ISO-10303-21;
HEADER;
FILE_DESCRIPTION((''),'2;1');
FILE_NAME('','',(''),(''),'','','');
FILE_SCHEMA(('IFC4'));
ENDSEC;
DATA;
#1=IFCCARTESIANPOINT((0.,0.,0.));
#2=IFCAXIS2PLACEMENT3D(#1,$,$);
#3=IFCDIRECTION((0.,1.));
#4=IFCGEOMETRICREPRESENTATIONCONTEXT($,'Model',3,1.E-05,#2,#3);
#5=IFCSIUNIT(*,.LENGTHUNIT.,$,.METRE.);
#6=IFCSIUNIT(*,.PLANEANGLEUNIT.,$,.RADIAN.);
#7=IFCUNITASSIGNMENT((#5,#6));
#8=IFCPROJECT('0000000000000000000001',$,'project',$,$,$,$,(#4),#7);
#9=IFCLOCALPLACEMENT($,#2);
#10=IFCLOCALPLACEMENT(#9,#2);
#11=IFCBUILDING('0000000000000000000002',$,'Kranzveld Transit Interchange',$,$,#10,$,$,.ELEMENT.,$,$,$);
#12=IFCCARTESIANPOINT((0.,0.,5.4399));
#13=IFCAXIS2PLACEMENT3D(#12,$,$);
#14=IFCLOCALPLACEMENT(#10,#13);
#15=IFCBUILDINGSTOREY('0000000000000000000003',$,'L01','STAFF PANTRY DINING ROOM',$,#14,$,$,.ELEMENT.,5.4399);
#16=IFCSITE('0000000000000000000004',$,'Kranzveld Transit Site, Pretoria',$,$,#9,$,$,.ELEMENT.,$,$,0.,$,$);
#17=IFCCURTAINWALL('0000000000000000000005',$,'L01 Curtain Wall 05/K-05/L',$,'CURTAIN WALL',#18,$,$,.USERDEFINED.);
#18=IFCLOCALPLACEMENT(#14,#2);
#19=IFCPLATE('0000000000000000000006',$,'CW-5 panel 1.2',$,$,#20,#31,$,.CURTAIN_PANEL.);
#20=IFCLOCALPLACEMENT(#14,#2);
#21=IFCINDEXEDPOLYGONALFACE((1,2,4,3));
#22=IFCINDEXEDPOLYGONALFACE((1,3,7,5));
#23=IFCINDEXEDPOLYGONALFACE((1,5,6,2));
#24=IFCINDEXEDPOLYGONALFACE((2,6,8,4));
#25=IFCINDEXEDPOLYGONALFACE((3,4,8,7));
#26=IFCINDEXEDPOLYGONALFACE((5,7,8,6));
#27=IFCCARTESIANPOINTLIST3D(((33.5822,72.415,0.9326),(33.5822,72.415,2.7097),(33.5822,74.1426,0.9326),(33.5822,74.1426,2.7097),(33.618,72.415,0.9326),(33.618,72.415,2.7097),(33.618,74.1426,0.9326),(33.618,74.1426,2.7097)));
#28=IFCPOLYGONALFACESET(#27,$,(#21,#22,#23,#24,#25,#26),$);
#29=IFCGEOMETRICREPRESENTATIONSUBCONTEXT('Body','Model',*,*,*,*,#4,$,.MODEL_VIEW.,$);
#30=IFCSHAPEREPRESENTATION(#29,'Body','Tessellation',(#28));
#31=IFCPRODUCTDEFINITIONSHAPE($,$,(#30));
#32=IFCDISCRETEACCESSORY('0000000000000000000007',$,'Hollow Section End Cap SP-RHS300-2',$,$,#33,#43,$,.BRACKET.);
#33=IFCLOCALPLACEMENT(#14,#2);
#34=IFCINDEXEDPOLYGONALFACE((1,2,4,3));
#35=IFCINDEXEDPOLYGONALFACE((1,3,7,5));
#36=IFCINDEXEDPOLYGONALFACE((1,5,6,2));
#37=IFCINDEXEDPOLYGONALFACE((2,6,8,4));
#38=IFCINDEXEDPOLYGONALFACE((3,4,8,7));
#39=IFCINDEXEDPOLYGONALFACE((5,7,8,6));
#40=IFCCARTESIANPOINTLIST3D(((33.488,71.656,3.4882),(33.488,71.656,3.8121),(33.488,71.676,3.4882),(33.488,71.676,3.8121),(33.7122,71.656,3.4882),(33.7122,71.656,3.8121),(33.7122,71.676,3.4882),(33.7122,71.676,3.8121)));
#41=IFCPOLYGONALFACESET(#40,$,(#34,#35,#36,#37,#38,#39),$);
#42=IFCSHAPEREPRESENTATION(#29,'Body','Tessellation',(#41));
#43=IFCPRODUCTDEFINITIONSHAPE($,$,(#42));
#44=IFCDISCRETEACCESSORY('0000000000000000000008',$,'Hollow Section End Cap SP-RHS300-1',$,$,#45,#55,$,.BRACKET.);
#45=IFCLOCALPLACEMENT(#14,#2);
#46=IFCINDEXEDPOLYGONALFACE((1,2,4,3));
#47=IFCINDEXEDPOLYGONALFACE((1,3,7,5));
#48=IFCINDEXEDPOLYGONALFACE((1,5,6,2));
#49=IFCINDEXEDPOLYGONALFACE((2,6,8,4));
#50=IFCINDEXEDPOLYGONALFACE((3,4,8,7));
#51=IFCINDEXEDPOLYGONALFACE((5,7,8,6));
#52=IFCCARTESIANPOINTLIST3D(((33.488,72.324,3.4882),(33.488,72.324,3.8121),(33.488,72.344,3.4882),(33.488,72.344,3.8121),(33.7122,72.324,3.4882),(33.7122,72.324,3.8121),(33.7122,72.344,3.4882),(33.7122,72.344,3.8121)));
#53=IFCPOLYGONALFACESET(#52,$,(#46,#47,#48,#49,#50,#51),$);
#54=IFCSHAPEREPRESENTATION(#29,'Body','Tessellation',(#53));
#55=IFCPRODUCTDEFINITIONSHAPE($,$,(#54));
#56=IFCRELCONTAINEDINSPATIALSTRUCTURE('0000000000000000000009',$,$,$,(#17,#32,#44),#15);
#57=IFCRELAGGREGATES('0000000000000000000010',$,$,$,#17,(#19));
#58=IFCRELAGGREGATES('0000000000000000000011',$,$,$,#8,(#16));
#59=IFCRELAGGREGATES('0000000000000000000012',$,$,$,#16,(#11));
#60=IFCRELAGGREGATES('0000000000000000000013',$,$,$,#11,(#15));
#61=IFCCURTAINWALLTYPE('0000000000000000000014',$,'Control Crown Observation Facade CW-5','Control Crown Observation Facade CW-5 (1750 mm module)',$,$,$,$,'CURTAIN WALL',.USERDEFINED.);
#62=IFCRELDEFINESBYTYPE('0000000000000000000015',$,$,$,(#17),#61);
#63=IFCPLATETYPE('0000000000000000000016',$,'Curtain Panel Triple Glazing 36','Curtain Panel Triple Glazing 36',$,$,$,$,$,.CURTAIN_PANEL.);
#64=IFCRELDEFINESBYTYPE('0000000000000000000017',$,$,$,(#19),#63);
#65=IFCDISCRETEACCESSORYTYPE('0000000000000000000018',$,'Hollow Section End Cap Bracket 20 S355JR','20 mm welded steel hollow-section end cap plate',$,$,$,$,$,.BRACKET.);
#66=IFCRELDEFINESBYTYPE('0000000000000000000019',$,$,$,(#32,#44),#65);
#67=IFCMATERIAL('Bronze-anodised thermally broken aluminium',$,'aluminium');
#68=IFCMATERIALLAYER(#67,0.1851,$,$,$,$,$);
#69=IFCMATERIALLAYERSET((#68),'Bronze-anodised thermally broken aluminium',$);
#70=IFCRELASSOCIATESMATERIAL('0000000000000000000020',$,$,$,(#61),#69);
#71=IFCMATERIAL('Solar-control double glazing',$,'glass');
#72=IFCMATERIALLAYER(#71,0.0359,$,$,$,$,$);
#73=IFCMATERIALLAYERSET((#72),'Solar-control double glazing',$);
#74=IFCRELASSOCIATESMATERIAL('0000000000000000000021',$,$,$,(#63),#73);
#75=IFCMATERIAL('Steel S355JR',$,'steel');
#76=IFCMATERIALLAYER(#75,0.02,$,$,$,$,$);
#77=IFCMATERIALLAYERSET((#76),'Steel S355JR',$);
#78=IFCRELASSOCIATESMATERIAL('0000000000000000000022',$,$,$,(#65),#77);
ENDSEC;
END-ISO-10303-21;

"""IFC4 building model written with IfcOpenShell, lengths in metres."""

from ifc_helpers import new_model, si_unit, direction, frame, origin, origin_2d, place, context, subcontext, project, spatial, rectangle, extrude, material, layer, layer_set, type_object, element, aggregate, save


model = new_model("IFC4")

# Units and contexts
model_context = context("Model", 3, precision=1e-05, world=origin(), true_north=direction((0.0, 1.0)))
body_context = subcontext(model_context, "Body", "Model", "MODEL_VIEW")
ifc_project = project(units=[si_unit("LENGTHUNIT", "METRE"), si_unit("PLANEANGLEUNIT", "RADIAN")], contexts=[model_context])

# Site, building, storey
site_placement = place(None, origin())
site = spatial("IfcSite", under=ifc_project, at=site_placement, Name="Kranzveld Transit Site, Pretoria", CompositionType="ELEMENT", RefElevation=0.0)
building_placement = place(site_placement, origin())
building = spatial("IfcBuilding", under=site, at=building_placement, Name="Kranzveld Transit Interchange", CompositionType="ELEMENT")
storey_placement = place(building_placement, frame((0.0, 0.0, 5.4399)))
storey = spatial("IfcBuildingStorey", under=building, at=storey_placement, Name="L01", Description="STAFF PANTRY DINING ROOM", CompositionType="ELEMENT", Elevation=5.4399)

# Curtain wall
ifc_material_1 = material(Name="Bronze-anodised thermally broken aluminium", Category="aluminium")
ifc_layer_1 = layer(ifc_material_1, 0.1851)
ifc_layer_set_1 = layer_set([ifc_layer_1], Name="Bronze-anodised thermally broken aluminium")
curtain_wall_type_1 = type_object("IfcCurtainWallType", Name="Control Crown Observation Facade CW-5", Description="Control Crown Observation Facade CW-5 (1750 mm module)", ElementType="CURTAIN WALL", PredefinedType="USERDEFINED", material=ifc_layer_set_1)
curtain_wall_1_placement = place(storey_placement, origin())
curtain_wall_1 = element("IfcCurtainWall", 1, at=curtain_wall_1_placement, inside=storey, type_object=curtain_wall_type_1, Name="L01 Curtain Wall 05/K-05/L", ObjectType="CURTAIN WALL", PredefinedType="USERDEFINED")

# Plate
ifc_material_2 = material(Name="Solar-control double glazing", Category="glass")
ifc_layer_2 = layer(ifc_material_2, 0.0359)
ifc_layer_set_2 = layer_set([ifc_layer_2], Name="Solar-control double glazing")
plate_type_1 = type_object("IfcPlateType", Name="Curtain Panel Triple Glazing 36", Description="Curtain Panel Triple Glazing 36", PredefinedType="CURTAIN_PANEL", material=ifc_layer_set_2)
plate_1_placement = place(storey_placement, frame((33.6001, 73.2788, 0.9326), z_axis=(0.0, 0.0, 1.0), x_axis=(0.0, 1.0, 0.0)))
plate_1 = element("IfcPlate", 2, at=plate_1_placement, type_object=plate_type_1, Name="CW-5 panel 1.2", PredefinedType="CURTAIN_PANEL", context=body_context, shape_type="SweptSolid", body=[
    extrude(rectangle(XDim=1.7275, YDim=0.0359, at=origin_2d()), origin(), (0.0, 0.0, 1.0), 1.7771),
])
aggregate(curtain_wall_1, [plate_1])

# Discrete accessories
ifc_material_3 = material(Name="Steel S355JR", Category="steel")
ifc_layer_3 = layer(ifc_material_3, 0.02)
ifc_layer_set_3 = layer_set([ifc_layer_3], Name="Steel S355JR")
discrete_accessory_type = type_object("IfcDiscreteAccessoryType", Name="Hollow Section End Cap Bracket 20 S355JR", Description="20 mm welded steel hollow-section end cap plate", PredefinedType="BRACKET", material=ifc_layer_set_3)
for number, where, z_axis, x_axis, name in (
    (3, (33.6001, 71.656, 3.6501), (0.0, 1.0, 0.0), (-1.0, 0.0, 0.0), "Hollow Section End Cap SP-RHS300-2"),
    (4, (33.6001, 72.344, 3.6501), (0.0, -1.0, 0.0), (1.0, 0.0, 0.0), "Hollow Section End Cap SP-RHS300-1"),
):
    element("IfcDiscreteAccessory", number, at=place(storey_placement, frame(where, z_axis=z_axis, x_axis=x_axis)), inside=storey, type_object=discrete_accessory_type, Name=name, PredefinedType="BRACKET", context=body_context, shape_type="SweptSolid", body=[
        extrude(rectangle(XDim=0.2241, YDim=0.324, at=origin_2d()), origin(), (0.0, 0.0, 1.0), 0.02),
    ])

save(model, "model.ifc")
